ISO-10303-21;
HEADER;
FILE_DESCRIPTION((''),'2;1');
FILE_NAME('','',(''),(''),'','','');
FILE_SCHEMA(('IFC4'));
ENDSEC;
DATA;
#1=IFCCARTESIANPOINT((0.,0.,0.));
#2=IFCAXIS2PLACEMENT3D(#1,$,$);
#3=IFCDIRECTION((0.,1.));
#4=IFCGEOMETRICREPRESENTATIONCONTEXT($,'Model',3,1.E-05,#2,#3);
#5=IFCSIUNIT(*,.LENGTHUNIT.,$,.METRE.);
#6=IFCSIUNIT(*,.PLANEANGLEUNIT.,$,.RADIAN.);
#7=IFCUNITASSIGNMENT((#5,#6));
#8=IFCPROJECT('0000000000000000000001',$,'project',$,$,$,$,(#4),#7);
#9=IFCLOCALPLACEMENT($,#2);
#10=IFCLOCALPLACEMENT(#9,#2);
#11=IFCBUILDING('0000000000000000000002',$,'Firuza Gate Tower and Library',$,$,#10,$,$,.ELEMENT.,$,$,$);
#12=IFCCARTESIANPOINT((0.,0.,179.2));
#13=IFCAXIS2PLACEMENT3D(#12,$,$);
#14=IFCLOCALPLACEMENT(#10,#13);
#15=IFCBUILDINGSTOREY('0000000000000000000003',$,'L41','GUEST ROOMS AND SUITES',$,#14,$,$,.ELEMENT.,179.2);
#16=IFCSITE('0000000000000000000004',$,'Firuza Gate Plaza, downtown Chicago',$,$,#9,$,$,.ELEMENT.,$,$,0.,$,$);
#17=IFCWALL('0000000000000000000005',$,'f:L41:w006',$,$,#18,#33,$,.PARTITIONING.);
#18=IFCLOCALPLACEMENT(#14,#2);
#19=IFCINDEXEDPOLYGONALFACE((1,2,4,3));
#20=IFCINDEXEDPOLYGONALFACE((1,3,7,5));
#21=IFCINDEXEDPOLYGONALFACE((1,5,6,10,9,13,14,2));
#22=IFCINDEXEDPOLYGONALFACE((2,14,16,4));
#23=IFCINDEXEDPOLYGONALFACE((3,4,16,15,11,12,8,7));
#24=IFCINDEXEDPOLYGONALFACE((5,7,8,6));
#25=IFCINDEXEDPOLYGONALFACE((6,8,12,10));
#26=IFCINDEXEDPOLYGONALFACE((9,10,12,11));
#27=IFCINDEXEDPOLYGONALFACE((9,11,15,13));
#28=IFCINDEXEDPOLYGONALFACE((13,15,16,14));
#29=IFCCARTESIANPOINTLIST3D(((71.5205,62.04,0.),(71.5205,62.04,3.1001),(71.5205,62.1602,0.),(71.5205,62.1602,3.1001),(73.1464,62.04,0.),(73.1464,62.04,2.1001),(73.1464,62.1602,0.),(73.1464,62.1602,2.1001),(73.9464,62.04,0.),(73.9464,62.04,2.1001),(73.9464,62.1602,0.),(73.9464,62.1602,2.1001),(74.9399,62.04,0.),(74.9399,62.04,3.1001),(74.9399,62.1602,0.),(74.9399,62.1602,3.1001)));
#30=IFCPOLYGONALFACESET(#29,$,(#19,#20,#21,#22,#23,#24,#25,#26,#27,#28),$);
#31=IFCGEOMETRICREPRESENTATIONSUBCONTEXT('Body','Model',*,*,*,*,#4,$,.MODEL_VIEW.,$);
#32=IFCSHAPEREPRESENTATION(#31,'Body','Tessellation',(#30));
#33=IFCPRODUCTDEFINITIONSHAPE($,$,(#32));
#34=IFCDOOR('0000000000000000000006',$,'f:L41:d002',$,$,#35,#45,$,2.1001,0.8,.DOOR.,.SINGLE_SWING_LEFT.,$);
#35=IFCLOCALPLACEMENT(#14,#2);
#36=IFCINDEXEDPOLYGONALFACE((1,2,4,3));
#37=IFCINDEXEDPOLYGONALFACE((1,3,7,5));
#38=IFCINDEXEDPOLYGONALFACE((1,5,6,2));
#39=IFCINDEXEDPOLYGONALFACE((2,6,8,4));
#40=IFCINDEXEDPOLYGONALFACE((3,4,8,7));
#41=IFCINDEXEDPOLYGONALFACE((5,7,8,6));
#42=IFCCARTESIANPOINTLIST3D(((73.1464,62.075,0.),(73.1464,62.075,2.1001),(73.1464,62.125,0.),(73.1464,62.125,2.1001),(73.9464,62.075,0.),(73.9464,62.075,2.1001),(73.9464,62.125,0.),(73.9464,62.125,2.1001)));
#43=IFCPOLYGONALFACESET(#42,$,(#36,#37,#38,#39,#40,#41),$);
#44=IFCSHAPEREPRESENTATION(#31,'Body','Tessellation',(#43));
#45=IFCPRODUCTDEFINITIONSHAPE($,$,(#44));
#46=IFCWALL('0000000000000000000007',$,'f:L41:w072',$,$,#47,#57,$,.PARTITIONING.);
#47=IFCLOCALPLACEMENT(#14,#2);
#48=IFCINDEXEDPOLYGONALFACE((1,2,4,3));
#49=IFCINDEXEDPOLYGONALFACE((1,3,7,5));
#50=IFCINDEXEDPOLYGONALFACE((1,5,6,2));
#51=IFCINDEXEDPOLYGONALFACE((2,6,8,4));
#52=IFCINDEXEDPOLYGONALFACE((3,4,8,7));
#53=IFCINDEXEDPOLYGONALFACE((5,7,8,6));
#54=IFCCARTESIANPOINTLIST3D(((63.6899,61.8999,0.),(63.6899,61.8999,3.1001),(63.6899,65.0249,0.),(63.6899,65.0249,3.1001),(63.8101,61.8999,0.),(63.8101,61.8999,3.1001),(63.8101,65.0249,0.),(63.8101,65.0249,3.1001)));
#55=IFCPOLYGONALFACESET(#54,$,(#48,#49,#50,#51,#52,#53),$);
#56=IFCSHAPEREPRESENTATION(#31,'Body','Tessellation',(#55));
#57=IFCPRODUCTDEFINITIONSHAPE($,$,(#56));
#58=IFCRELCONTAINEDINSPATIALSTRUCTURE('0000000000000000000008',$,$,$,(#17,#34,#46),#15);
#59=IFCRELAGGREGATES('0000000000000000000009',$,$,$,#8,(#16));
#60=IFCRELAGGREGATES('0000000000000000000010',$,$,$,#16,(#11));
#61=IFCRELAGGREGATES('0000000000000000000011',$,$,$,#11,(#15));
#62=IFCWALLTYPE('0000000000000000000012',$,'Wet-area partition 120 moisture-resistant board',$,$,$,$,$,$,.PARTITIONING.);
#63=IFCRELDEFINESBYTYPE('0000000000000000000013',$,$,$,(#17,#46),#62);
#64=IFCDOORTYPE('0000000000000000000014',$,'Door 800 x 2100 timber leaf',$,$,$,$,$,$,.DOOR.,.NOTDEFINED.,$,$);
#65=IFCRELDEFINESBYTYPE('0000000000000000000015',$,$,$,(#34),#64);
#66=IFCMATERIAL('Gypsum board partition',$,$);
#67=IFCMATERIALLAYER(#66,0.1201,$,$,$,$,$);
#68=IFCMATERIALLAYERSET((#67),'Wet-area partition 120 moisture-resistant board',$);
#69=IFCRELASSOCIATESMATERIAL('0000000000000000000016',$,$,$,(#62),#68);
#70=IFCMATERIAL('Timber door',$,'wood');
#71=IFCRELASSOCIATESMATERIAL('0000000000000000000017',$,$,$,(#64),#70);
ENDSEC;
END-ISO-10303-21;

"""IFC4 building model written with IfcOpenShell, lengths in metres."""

from ifc_helpers import new_model, si_unit, direction, frame, frame_2d, origin, place, context, subcontext, project, spatial, rectangle, extrude, material, layer, layer_set, type_object, element, fill, save


model = new_model("IFC4")

# Units and contexts
model_context = context("Model", 3, precision=1e-05, world=origin(), true_north=direction((0.0, 1.0)))
body_context = subcontext(model_context, "Body", "Model", "MODEL_VIEW")
ifc_project = project(units=[si_unit("LENGTHUNIT", "METRE"), si_unit("PLANEANGLEUNIT", "RADIAN")], contexts=[model_context])

# Site, building, storey
site_placement = place(None, origin())
site = spatial("IfcSite", under=ifc_project, at=site_placement, Name="Firuza Gate Plaza, downtown Chicago", CompositionType="ELEMENT", RefElevation=0.0)
building_placement = place(site_placement, origin())
building = spatial("IfcBuilding", under=site, at=building_placement, Name="Firuza Gate Tower and Library", CompositionType="ELEMENT")
storey_placement = place(building_placement, frame((0.0, 0.0, 179.2)))
storey = spatial("IfcBuildingStorey", under=building, at=storey_placement, Name="L41", Description="GUEST ROOMS AND SUITES", CompositionType="ELEMENT", Elevation=179.2)

# Wall, opening, door
ifc_material_1 = material(Name="Gypsum board partition")
ifc_layer_1 = layer(ifc_material_1, 0.1201)
ifc_layer_set_1 = layer_set([ifc_layer_1], Name="Wet-area partition 120 moisture-resistant board")
wall_type_1 = type_object("IfcWallType", Name="Wet-area partition 120 moisture-resistant board", PredefinedType="PARTITIONING", material=ifc_layer_set_1)
wall_1_placement = place(storey_placement, frame((71.5205, 62.1001, 0.0), z_axis=(0.0, 0.0, 1.0), x_axis=(1.0, 0.0, 0.0)))
wall_1 = element("IfcWall", 1, at=wall_1_placement, inside=storey, type_object=wall_type_1, Name="f:L41:w006", PredefinedType="PARTITIONING", context=body_context, shape_type="SweptSolid", body=[
    extrude(rectangle(XDim=3.4194, YDim=0.1201, at=frame_2d((1.7097, 0.0))), origin(), (0.0, 0.0, 1.0), 3.1001),
])
opening_1_placement = place(wall_1_placement, frame((1.626, 0.0, 0.0)))
opening_1 = element("IfcOpeningElement", 2, at=opening_1_placement, cuts=wall_1, PredefinedType="OPENING", context=body_context, shape_type="SweptSolid", body=[
    extrude(rectangle(XDim=0.8, YDim=2.1001, at=frame_2d((0.3999, 1.05))), frame((0.0, 0.0701, 0.0), z_axis=(0.0, -1.0, 0.0), x_axis=(1.0, 0.0, 0.0)), (0.0, 0.0, 1.0), 0.1401),
])
ifc_material_2 = material(Name="Timber door", Category="wood")
door_type_1 = type_object("IfcDoorType", Name="Door 800 x 2100 timber leaf", OperationType="NOTDEFINED", PredefinedType="DOOR", material=ifc_material_2)
door_1_placement = place(opening_1_placement, origin())
door_1 = element("IfcDoor", 3, at=door_1_placement, inside=storey, type_object=door_type_1, Name="f:L41:d002", OperationType="SINGLE_SWING_LEFT", OverallHeight=2.1001, OverallWidth=0.8, PredefinedType="DOOR", context=body_context, shape_type="SweptSolid", body=[
    extrude(rectangle(XDim=0.8, YDim=2.1001, at=frame_2d((0.3999, 1.05))), frame((0.0, 0.0249, 0.0), z_axis=(0.0, -1.0, 0.0), x_axis=(1.0, 0.0, 0.0)), (0.0, 0.0, 1.0), 0.05),
])
fill(opening_1, door_1)

# Wall
wall_2_placement = place(storey_placement, frame((63.75, 61.8999, 0.0), z_axis=(0.0, 0.0, 1.0), x_axis=(0.0, 1.0, 0.0)))
element("IfcWall", 4, at=wall_2_placement, inside=storey, type_object=wall_type_1, Name="f:L41:w072", PredefinedType="PARTITIONING", context=body_context, shape_type="SweptSolid", body=[
    extrude(rectangle(XDim=3.125, YDim=0.1201, at=frame_2d((1.5625, 0.0))), origin(), (0.0, 0.0, 1.0), 3.1001),
])

save(model, "model.ifc")
